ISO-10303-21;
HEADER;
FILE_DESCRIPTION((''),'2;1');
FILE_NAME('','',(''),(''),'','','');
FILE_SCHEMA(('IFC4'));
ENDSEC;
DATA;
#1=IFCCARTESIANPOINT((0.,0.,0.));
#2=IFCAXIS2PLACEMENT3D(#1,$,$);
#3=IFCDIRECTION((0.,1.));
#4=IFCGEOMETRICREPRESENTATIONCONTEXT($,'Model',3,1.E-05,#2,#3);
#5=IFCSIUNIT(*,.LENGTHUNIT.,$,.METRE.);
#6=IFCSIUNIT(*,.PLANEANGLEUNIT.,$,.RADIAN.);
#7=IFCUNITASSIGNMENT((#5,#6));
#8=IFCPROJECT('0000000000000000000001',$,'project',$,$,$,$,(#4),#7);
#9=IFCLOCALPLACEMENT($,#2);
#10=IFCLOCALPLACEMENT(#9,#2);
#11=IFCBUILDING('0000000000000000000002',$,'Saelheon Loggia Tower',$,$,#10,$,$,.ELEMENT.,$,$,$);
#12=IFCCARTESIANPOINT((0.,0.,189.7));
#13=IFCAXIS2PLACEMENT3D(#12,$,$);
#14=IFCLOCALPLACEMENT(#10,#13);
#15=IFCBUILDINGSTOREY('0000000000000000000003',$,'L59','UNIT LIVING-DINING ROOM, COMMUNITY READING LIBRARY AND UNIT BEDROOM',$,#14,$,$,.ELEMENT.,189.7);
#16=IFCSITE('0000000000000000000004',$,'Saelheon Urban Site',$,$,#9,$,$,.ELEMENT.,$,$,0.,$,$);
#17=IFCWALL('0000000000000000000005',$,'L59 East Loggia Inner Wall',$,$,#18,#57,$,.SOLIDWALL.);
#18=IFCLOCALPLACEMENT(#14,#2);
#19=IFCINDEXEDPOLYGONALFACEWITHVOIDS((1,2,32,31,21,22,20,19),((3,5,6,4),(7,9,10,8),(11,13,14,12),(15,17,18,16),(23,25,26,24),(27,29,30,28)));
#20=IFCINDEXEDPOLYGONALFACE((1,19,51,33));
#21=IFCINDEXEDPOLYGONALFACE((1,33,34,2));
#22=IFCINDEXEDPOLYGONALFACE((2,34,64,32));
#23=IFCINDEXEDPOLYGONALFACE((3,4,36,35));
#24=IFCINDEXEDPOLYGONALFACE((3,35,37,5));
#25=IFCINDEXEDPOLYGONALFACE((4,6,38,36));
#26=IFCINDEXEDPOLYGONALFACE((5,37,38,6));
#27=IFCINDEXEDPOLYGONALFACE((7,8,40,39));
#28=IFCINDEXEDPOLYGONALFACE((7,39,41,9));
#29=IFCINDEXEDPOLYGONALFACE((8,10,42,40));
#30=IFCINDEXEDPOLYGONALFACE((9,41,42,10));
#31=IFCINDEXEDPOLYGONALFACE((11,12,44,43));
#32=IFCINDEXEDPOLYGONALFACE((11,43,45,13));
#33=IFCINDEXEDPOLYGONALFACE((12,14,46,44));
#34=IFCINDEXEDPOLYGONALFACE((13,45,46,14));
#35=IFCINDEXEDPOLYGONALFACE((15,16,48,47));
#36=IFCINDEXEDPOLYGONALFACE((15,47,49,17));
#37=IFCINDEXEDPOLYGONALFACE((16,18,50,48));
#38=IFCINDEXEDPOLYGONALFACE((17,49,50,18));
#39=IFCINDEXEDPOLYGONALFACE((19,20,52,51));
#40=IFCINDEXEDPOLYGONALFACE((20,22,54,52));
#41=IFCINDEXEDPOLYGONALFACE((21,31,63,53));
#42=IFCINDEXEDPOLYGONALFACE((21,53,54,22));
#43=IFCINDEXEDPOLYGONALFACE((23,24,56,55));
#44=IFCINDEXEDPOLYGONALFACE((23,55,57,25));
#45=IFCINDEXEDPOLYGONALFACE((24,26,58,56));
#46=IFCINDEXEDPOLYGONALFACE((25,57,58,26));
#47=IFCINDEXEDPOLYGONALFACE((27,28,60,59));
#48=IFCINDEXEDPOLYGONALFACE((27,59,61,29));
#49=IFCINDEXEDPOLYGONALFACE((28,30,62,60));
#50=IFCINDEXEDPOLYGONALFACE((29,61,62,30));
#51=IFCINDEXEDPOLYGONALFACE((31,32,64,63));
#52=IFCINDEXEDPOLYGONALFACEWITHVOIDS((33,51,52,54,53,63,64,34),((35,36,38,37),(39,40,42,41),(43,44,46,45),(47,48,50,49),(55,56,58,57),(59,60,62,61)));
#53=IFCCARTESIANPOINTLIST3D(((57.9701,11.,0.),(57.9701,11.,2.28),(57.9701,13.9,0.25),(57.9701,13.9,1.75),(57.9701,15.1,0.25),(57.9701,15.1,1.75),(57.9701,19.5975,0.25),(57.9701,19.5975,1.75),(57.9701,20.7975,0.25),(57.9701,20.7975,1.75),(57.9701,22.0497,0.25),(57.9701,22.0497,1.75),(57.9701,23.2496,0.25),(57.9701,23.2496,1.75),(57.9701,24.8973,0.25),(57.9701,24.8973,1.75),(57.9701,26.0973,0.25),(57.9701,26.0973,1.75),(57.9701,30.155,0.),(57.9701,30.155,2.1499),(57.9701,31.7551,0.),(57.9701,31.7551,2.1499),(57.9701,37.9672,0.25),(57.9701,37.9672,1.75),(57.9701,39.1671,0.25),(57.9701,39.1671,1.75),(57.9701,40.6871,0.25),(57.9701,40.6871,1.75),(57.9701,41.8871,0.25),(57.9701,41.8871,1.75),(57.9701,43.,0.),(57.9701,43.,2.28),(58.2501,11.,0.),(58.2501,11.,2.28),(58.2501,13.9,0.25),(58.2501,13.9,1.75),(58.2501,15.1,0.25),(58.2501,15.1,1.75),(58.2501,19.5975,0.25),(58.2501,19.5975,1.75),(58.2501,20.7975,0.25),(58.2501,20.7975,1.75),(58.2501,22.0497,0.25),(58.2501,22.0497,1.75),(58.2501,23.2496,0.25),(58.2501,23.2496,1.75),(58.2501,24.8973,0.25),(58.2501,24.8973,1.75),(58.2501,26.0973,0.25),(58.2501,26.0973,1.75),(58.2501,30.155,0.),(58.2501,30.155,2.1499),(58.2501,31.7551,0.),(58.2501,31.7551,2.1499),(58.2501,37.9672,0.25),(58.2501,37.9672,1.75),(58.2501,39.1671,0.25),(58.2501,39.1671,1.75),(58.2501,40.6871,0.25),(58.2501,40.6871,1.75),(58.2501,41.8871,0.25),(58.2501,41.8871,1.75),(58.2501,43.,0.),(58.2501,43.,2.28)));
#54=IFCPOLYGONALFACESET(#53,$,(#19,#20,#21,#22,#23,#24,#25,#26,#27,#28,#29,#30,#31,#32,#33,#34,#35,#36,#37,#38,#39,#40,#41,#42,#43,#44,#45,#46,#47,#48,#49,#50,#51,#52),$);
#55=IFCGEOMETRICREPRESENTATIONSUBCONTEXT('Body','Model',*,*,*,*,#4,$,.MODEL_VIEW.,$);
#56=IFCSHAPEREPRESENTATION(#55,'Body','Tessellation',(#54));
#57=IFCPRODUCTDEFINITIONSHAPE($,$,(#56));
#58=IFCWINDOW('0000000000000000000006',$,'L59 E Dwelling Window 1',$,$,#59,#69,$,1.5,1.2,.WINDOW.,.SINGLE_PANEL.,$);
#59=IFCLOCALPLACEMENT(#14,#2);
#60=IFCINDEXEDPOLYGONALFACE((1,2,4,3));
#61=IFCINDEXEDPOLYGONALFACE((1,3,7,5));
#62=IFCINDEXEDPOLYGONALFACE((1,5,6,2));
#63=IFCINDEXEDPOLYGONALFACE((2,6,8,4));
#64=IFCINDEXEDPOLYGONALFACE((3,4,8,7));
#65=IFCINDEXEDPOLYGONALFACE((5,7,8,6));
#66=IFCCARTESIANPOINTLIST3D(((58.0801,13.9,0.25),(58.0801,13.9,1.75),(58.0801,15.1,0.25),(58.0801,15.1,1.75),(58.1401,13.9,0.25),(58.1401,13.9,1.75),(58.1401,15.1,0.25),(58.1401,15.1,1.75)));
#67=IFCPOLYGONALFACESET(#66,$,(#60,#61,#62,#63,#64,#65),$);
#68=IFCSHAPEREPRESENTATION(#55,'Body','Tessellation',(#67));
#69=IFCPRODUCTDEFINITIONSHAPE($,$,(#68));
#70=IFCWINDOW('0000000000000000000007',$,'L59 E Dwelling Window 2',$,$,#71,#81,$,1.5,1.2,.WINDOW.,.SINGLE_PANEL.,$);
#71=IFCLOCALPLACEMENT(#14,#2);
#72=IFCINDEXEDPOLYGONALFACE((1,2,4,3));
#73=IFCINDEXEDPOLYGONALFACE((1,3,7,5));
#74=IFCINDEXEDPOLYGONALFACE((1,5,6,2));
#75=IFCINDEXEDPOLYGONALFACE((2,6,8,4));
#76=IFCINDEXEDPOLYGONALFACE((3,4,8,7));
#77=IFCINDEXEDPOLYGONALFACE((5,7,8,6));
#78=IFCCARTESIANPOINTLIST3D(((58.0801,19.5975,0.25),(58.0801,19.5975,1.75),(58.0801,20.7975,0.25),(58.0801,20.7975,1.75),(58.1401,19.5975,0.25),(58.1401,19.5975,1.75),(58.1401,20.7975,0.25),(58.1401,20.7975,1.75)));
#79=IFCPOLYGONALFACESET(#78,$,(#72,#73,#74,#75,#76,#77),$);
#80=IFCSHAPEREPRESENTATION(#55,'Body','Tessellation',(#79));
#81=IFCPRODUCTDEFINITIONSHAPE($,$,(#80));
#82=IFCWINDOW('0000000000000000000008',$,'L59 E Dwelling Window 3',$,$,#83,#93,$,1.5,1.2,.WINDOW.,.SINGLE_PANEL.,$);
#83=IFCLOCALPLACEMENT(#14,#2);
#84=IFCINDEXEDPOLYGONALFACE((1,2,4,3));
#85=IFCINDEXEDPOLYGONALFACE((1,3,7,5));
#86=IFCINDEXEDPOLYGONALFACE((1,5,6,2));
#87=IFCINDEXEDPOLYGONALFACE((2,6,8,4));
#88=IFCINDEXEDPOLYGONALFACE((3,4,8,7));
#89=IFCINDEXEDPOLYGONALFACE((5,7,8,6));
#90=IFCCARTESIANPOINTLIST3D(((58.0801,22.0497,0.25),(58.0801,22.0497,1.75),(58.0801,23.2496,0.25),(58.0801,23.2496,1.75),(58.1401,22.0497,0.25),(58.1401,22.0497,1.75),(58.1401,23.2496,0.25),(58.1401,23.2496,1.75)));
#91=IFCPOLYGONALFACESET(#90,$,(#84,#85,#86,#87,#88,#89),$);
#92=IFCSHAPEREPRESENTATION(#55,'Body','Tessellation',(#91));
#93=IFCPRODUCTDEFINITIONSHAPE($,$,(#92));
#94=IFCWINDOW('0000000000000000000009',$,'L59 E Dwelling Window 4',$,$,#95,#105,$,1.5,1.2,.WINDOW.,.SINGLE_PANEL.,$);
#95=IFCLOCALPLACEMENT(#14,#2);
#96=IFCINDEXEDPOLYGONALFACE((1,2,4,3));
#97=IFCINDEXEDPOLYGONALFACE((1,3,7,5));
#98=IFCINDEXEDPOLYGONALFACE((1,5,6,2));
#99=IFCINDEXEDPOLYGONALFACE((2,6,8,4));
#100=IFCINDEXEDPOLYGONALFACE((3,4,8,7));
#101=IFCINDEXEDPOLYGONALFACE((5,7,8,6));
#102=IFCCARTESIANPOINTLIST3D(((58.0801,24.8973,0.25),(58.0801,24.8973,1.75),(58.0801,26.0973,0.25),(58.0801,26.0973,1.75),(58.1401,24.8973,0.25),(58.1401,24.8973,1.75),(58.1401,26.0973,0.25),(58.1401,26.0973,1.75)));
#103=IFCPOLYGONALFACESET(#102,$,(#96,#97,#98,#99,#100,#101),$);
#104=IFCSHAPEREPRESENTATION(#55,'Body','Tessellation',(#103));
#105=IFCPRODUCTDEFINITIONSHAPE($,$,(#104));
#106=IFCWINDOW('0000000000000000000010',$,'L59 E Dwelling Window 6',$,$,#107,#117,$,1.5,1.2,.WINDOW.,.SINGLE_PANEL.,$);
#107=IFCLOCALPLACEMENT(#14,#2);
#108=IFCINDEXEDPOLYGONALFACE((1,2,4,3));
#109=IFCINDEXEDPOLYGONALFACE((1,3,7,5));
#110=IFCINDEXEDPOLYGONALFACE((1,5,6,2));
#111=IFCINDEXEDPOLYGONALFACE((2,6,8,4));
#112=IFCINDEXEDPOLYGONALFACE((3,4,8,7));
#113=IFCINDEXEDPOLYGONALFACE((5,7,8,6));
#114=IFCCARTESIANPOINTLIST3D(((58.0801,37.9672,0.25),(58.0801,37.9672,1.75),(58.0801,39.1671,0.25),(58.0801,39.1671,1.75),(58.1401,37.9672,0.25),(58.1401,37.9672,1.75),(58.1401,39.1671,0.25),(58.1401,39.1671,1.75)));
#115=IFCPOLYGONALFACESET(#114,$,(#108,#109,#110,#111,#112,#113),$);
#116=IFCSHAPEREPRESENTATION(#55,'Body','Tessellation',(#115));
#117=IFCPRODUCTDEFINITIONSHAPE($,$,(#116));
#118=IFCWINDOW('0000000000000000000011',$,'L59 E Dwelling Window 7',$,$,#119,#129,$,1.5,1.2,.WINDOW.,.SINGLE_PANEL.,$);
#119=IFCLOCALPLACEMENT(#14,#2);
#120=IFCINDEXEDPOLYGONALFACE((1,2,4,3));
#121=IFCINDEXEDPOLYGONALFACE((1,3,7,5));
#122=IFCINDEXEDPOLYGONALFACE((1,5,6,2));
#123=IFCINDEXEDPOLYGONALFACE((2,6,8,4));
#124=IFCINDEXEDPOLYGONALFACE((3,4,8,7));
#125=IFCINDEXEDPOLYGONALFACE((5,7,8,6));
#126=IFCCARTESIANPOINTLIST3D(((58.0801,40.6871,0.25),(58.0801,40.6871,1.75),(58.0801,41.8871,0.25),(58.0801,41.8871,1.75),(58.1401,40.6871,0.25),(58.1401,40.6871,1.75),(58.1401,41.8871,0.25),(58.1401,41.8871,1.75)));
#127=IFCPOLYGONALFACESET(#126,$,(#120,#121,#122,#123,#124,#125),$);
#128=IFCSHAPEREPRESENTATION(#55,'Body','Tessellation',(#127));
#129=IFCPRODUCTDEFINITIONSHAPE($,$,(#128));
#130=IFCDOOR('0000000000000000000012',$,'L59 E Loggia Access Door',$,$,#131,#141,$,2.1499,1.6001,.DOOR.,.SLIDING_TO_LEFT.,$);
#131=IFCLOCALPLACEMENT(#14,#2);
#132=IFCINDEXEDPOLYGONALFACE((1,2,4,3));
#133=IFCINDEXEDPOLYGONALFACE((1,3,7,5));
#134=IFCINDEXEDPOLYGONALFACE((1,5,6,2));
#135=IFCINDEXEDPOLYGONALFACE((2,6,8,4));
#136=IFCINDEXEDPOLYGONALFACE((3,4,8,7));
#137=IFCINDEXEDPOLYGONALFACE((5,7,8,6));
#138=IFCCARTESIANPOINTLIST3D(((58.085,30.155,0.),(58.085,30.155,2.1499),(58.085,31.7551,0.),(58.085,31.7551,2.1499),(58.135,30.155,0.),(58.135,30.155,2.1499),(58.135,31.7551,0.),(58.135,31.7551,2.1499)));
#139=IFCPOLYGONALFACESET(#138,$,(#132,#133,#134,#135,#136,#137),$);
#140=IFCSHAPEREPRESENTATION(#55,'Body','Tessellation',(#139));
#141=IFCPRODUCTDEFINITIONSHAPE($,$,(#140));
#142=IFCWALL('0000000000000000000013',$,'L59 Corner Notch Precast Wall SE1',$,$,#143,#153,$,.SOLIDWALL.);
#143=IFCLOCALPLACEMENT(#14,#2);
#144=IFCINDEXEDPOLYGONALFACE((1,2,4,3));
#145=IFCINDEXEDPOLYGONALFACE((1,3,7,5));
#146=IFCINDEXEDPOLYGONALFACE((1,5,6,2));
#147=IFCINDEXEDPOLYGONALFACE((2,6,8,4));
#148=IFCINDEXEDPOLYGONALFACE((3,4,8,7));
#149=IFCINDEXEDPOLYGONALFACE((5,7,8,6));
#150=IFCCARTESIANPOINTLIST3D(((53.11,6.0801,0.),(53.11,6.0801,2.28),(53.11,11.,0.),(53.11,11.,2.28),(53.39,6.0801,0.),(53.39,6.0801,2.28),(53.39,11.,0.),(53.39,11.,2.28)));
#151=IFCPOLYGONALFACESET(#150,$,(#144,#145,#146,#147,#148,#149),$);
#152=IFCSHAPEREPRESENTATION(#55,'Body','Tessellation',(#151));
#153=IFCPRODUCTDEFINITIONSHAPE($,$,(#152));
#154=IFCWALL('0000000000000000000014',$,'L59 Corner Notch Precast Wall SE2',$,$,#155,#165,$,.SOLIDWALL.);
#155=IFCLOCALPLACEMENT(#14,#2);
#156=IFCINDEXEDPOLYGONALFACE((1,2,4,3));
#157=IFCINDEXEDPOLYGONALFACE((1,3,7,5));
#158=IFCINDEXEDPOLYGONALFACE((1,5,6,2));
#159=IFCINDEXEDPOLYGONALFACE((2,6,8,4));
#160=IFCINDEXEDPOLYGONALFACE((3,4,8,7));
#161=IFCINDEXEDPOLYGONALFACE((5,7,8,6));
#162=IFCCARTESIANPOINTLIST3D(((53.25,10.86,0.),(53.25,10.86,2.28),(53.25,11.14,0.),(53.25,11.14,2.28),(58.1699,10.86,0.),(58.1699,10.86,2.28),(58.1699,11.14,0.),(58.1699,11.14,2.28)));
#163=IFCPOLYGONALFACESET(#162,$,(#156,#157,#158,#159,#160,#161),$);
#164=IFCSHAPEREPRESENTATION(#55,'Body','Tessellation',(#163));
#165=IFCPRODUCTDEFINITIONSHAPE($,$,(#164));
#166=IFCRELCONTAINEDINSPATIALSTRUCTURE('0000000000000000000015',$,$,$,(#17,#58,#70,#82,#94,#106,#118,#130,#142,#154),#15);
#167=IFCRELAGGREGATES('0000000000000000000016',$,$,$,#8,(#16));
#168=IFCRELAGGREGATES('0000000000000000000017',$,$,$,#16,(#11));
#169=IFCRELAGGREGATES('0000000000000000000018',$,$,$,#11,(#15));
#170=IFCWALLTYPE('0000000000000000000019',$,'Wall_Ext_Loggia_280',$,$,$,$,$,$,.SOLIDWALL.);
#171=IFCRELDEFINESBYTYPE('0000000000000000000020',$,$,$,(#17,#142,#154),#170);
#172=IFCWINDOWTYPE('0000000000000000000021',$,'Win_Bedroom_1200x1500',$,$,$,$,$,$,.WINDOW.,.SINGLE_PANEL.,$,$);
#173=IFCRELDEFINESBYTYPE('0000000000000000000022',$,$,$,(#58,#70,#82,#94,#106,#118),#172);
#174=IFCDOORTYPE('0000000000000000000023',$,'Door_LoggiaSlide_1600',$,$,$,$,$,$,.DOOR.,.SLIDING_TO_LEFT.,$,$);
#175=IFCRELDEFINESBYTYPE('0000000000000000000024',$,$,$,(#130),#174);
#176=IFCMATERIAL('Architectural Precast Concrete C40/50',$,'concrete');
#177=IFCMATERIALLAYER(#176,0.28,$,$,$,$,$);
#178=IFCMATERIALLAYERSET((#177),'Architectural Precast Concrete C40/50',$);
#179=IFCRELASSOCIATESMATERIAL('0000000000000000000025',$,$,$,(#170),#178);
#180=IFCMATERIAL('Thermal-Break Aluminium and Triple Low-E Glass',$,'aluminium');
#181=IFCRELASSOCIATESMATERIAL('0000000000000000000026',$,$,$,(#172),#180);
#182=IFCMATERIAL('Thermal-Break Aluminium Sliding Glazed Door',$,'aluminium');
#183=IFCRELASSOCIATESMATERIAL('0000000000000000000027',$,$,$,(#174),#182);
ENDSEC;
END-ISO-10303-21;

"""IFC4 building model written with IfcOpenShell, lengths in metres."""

from ifc_helpers import new_model, si_unit, direction, frame, frame_2d, origin, place, context, subcontext, project, spatial, rectangle, extrude, source, transform, mapped, material, layer, layer_set, type_object, element, fill, save


model = new_model("IFC4")

# Units and contexts
model_context = context("Model", 3, precision=1e-05, world=origin(), true_north=direction((0.0, 1.0)))
body_context = subcontext(model_context, "Body", "Model", "MODEL_VIEW")
ifc_project = project(units=[si_unit("LENGTHUNIT", "METRE"), si_unit("PLANEANGLEUNIT", "RADIAN")], contexts=[model_context])

# Site, building, storey
site_placement = place(None, origin())
site = spatial("IfcSite", under=ifc_project, at=site_placement, Name="Saelheon Urban Site", CompositionType="ELEMENT", RefElevation=0.0)
building_placement = place(site_placement, origin())
building = spatial("IfcBuilding", under=site, at=building_placement, Name="Saelheon Loggia Tower", CompositionType="ELEMENT")
storey_placement = place(building_placement, frame((0.0, 0.0, 189.7)))
storey = spatial("IfcBuildingStorey", under=building, at=storey_placement, Name="L59", Description="UNIT LIVING-DINING ROOM, COMMUNITY READING LIBRARY AND UNIT BEDROOM", CompositionType="ELEMENT", Elevation=189.7)

# Wall, openings, windows, door
ifc_material_1 = material(Name="Architectural Precast Concrete C40/50", Category="concrete")
ifc_layer_1 = layer(ifc_material_1, 0.28)
ifc_layer_set_1 = layer_set([ifc_layer_1], Name="Architectural Precast Concrete C40/50")
wall_type_1 = type_object("IfcWallType", Name="Wall_Ext_Loggia_280", PredefinedType="SOLIDWALL", material=ifc_layer_set_1)
wall_1_placement = place(storey_placement, frame((58.1101, 11.0, 0.0), z_axis=(0.0, 0.0, 1.0), x_axis=(0.0, 1.0, 0.0)))
wall_1 = element("IfcWall", 1, at=wall_1_placement, inside=storey, type_object=wall_type_1, Name="L59 East Loggia Inner Wall", PredefinedType="SOLIDWALL", context=body_context, shape_type="SweptSolid", body=[
    extrude(rectangle(XDim=32.0, YDim=0.28, at=frame_2d((16.0, 0.0))), origin(), (0.0, 0.0, 1.0), 2.28),
])
opening_1_placement = place(wall_1_placement, frame((2.8999, 0.0, 0.25)))
opening_1 = element("IfcOpeningElement", 2, at=opening_1_placement, cuts=wall_1, PredefinedType="OPENING", context=body_context, shape_type="SweptSolid", body=[
    extrude(rectangle(XDim=1.2, YDim=1.5, at=frame_2d((0.6001, 0.75))), frame((0.0, 0.1521, 0.0), z_axis=(0.0, -1.0, 0.0), x_axis=(1.0, 0.0, 0.0)), (0.0, 0.0, 1.0), 0.304),
])
opening_2_placement = place(wall_1_placement, frame((8.5974, 0.0, 0.25)))
opening_2 = element("IfcOpeningElement", 3, at=opening_2_placement, cuts=wall_1, PredefinedType="OPENING", context=body_context, shape_type="SweptSolid", body=[
    extrude(rectangle(XDim=1.2, YDim=1.5, at=frame_2d((0.6001, 0.75))), frame((0.0, 0.1521, 0.0), z_axis=(0.0, -1.0, 0.0), x_axis=(1.0, 0.0, 0.0)), (0.0, 0.0, 1.0), 0.304),
])
opening_3_placement = place(wall_1_placement, frame((11.0496, 0.0, 0.25)))
opening_3 = element("IfcOpeningElement", 4, at=opening_3_placement, cuts=wall_1, PredefinedType="OPENING", context=body_context, shape_type="SweptSolid", body=[
    extrude(rectangle(XDim=1.2, YDim=1.5, at=frame_2d((0.6001, 0.75))), frame((0.0, 0.1521, 0.0), z_axis=(0.0, -1.0, 0.0), x_axis=(1.0, 0.0, 0.0)), (0.0, 0.0, 1.0), 0.304),
])
opening_4_placement = place(wall_1_placement, frame((13.8972, 0.0, 0.25)))
opening_4 = element("IfcOpeningElement", 5, at=opening_4_placement, cuts=wall_1, PredefinedType="OPENING", context=body_context, shape_type="SweptSolid", body=[
    extrude(rectangle(XDim=1.2, YDim=1.5, at=frame_2d((0.6001, 0.75))), frame((0.0, 0.1521, 0.0), z_axis=(0.0, -1.0, 0.0), x_axis=(1.0, 0.0, 0.0)), (0.0, 0.0, 1.0), 0.304),
])
opening_5_placement = place(wall_1_placement, frame((20.7551, 0.0, 0.0), z_axis=(0.0, 0.0, 1.0), x_axis=(-1.0, 0.0, 0.0)))
opening_5 = element("IfcOpeningElement", 6, at=opening_5_placement, cuts=wall_1, PredefinedType="OPENING", context=body_context, shape_type="SweptSolid", body=[
    extrude(rectangle(XDim=1.6001, YDim=2.1499, at=frame_2d((0.8, 1.075))), frame((0.0, 0.1521, 0.0), z_axis=(0.0, -1.0, 0.0), x_axis=(1.0, 0.0, 0.0)), (0.0, 0.0, 1.0), 0.304),
])
opening_6_placement = place(wall_1_placement, frame((26.967, 0.0, 0.25)))
opening_6 = element("IfcOpeningElement", 7, at=opening_6_placement, cuts=wall_1, PredefinedType="OPENING", context=body_context, shape_type="SweptSolid", body=[
    extrude(rectangle(XDim=1.2, YDim=1.5, at=frame_2d((0.6001, 0.75))), frame((0.0, 0.1521, 0.0), z_axis=(0.0, -1.0, 0.0), x_axis=(1.0, 0.0, 0.0)), (0.0, 0.0, 1.0), 0.304),
])
opening_7_placement = place(wall_1_placement, frame((29.687, 0.0, 0.25)))
opening_7 = element("IfcOpeningElement", 8, at=opening_7_placement, cuts=wall_1, PredefinedType="OPENING", context=body_context, shape_type="SweptSolid", body=[
    extrude(rectangle(XDim=1.2, YDim=1.5, at=frame_2d((0.6001, 0.75))), frame((0.0, 0.1521, 0.0), z_axis=(0.0, -1.0, 0.0), x_axis=(1.0, 0.0, 0.0)), (0.0, 0.0, 1.0), 0.304),
])
ifc_material_2 = material(Name="Thermal-Break Aluminium and Triple Low-E Glass", Category="aluminium")
window_type = type_object("IfcWindowType", Name="Win_Bedroom_1200x1500", PartitioningType="SINGLE_PANEL", PredefinedType="WINDOW", material=ifc_material_2)
shared_shape_1 = source(origin(), body_context, "Body", "SweptSolid", [
    extrude(rectangle(XDim=1.2, YDim=1.5, at=frame_2d((0.6001, 0.75))), frame((0.0, 0.03, 0.0), z_axis=(0.0, -1.0, 0.0), x_axis=(1.0, 0.0, 0.0)), (0.0, 0.0, 1.0), 0.0601),
])
window_1_placement = place(opening_1_placement, origin())
window_1 = element("IfcWindow", 9, at=window_1_placement, inside=storey, type_object=window_type, Name="L59 E Dwelling Window 1", OverallHeight=1.5, OverallWidth=1.2, PartitioningType="SINGLE_PANEL", PredefinedType="WINDOW", context=body_context, shape_type="MappedRepresentation", body=[
    mapped(shared_shape_1, transform((0.0, 0.0, 0.0), scale=1.0)),
])
fill(opening_1, window_1)
window_2_placement = place(opening_2_placement, origin())
window_2 = element("IfcWindow", 10, at=window_2_placement, inside=storey, type_object=window_type, Name="L59 E Dwelling Window 2", OverallHeight=1.5, OverallWidth=1.2, PartitioningType="SINGLE_PANEL", PredefinedType="WINDOW", context=body_context, shape_type="MappedRepresentation", body=[
    mapped(shared_shape_1, transform((0.0, 0.0, 0.0), scale=1.0)),
])
fill(opening_2, window_2)
window_3_placement = place(opening_3_placement, origin())
window_3 = element("IfcWindow", 11, at=window_3_placement, inside=storey, type_object=window_type, Name="L59 E Dwelling Window 3", OverallHeight=1.5, OverallWidth=1.2, PartitioningType="SINGLE_PANEL", PredefinedType="WINDOW", context=body_context, shape_type="MappedRepresentation", body=[
    mapped(shared_shape_1, transform((0.0, 0.0, 0.0), scale=1.0)),
])
fill(opening_3, window_3)
window_4_placement = place(opening_4_placement, origin())
window_4 = element("IfcWindow", 12, at=window_4_placement, inside=storey, type_object=window_type, Name="L59 E Dwelling Window 4", OverallHeight=1.5, OverallWidth=1.2, PartitioningType="SINGLE_PANEL", PredefinedType="WINDOW", context=body_context, shape_type="MappedRepresentation", body=[
    mapped(shared_shape_1, transform((0.0, 0.0, 0.0), scale=1.0)),
])
fill(opening_4, window_4)
window_5_placement = place(opening_6_placement, origin())
window_5 = element("IfcWindow", 13, at=window_5_placement, inside=storey, type_object=window_type, Name="L59 E Dwelling Window 6", OverallHeight=1.5, OverallWidth=1.2, PartitioningType="SINGLE_PANEL", PredefinedType="WINDOW", context=body_context, shape_type="MappedRepresentation", body=[
    mapped(shared_shape_1, transform((0.0, 0.0, 0.0), scale=1.0)),
])
fill(opening_6, window_5)
window_6_placement = place(opening_7_placement, origin())
window_6 = element("IfcWindow", 14, at=window_6_placement, inside=storey, type_object=window_type, Name="L59 E Dwelling Window 7", OverallHeight=1.5, OverallWidth=1.2, PartitioningType="SINGLE_PANEL", PredefinedType="WINDOW", context=body_context, shape_type="MappedRepresentation", body=[
    mapped(shared_shape_1, transform((0.0, 0.0, 0.0), scale=1.0)),
])
fill(opening_7, window_6)
ifc_material_3 = material(Name="Thermal-Break Aluminium Sliding Glazed Door", Category="aluminium")
door_type_1 = type_object("IfcDoorType", Name="Door_LoggiaSlide_1600", OperationType="SLIDING_TO_LEFT", PredefinedType="DOOR", material=ifc_material_3)
shared_shape_2 = source(origin(), body_context, "Body", "SweptSolid", [
    extrude(rectangle(XDim=1.6001, YDim=2.1499, at=frame_2d((0.8, 1.075))), frame((0.0, 0.0249, 0.0), z_axis=(0.0, -1.0, 0.0), x_axis=(1.0, 0.0, 0.0)), (0.0, 0.0, 1.0), 0.05),
])
door_1_placement = place(opening_5_placement, origin())
door_1 = element("IfcDoor", 15, at=door_1_placement, inside=storey, type_object=door_type_1, Name="L59 E Loggia Access Door", OperationType="SLIDING_TO_LEFT", OverallHeight=2.1499, OverallWidth=1.6001, PredefinedType="DOOR", context=body_context, shape_type="MappedRepresentation", body=[
    mapped(shared_shape_2, transform((0.0, 0.0, 0.0), scale=1.0)),
])
fill(opening_5, door_1)

# Walls
for number, where, z_axis, x_axis, name in (
    (16, (53.25, 6.0801, 0.0), (0.0, 0.0, 1.0), (0.0, 1.0, 0.0), "L59 Corner Notch Precast Wall SE1"),
    (17, (53.25, 11.0, 0.0), (0.0, 0.0, 1.0), (1.0, 0.0, 0.0), "L59 Corner Notch Precast Wall SE2"),
):
    element("IfcWall", number, at=place(storey_placement, frame(where, z_axis=z_axis, x_axis=x_axis)), inside=storey, type_object=wall_type_1, Name=name, PredefinedType="SOLIDWALL", context=body_context, shape_type="SweptSolid", body=[
        extrude(rectangle(XDim=4.9199, YDim=0.28, at=frame_2d((2.46, 0.0))), origin(), (0.0, 0.0, 1.0), 2.28),
    ])

save(model, "model.ifc")
